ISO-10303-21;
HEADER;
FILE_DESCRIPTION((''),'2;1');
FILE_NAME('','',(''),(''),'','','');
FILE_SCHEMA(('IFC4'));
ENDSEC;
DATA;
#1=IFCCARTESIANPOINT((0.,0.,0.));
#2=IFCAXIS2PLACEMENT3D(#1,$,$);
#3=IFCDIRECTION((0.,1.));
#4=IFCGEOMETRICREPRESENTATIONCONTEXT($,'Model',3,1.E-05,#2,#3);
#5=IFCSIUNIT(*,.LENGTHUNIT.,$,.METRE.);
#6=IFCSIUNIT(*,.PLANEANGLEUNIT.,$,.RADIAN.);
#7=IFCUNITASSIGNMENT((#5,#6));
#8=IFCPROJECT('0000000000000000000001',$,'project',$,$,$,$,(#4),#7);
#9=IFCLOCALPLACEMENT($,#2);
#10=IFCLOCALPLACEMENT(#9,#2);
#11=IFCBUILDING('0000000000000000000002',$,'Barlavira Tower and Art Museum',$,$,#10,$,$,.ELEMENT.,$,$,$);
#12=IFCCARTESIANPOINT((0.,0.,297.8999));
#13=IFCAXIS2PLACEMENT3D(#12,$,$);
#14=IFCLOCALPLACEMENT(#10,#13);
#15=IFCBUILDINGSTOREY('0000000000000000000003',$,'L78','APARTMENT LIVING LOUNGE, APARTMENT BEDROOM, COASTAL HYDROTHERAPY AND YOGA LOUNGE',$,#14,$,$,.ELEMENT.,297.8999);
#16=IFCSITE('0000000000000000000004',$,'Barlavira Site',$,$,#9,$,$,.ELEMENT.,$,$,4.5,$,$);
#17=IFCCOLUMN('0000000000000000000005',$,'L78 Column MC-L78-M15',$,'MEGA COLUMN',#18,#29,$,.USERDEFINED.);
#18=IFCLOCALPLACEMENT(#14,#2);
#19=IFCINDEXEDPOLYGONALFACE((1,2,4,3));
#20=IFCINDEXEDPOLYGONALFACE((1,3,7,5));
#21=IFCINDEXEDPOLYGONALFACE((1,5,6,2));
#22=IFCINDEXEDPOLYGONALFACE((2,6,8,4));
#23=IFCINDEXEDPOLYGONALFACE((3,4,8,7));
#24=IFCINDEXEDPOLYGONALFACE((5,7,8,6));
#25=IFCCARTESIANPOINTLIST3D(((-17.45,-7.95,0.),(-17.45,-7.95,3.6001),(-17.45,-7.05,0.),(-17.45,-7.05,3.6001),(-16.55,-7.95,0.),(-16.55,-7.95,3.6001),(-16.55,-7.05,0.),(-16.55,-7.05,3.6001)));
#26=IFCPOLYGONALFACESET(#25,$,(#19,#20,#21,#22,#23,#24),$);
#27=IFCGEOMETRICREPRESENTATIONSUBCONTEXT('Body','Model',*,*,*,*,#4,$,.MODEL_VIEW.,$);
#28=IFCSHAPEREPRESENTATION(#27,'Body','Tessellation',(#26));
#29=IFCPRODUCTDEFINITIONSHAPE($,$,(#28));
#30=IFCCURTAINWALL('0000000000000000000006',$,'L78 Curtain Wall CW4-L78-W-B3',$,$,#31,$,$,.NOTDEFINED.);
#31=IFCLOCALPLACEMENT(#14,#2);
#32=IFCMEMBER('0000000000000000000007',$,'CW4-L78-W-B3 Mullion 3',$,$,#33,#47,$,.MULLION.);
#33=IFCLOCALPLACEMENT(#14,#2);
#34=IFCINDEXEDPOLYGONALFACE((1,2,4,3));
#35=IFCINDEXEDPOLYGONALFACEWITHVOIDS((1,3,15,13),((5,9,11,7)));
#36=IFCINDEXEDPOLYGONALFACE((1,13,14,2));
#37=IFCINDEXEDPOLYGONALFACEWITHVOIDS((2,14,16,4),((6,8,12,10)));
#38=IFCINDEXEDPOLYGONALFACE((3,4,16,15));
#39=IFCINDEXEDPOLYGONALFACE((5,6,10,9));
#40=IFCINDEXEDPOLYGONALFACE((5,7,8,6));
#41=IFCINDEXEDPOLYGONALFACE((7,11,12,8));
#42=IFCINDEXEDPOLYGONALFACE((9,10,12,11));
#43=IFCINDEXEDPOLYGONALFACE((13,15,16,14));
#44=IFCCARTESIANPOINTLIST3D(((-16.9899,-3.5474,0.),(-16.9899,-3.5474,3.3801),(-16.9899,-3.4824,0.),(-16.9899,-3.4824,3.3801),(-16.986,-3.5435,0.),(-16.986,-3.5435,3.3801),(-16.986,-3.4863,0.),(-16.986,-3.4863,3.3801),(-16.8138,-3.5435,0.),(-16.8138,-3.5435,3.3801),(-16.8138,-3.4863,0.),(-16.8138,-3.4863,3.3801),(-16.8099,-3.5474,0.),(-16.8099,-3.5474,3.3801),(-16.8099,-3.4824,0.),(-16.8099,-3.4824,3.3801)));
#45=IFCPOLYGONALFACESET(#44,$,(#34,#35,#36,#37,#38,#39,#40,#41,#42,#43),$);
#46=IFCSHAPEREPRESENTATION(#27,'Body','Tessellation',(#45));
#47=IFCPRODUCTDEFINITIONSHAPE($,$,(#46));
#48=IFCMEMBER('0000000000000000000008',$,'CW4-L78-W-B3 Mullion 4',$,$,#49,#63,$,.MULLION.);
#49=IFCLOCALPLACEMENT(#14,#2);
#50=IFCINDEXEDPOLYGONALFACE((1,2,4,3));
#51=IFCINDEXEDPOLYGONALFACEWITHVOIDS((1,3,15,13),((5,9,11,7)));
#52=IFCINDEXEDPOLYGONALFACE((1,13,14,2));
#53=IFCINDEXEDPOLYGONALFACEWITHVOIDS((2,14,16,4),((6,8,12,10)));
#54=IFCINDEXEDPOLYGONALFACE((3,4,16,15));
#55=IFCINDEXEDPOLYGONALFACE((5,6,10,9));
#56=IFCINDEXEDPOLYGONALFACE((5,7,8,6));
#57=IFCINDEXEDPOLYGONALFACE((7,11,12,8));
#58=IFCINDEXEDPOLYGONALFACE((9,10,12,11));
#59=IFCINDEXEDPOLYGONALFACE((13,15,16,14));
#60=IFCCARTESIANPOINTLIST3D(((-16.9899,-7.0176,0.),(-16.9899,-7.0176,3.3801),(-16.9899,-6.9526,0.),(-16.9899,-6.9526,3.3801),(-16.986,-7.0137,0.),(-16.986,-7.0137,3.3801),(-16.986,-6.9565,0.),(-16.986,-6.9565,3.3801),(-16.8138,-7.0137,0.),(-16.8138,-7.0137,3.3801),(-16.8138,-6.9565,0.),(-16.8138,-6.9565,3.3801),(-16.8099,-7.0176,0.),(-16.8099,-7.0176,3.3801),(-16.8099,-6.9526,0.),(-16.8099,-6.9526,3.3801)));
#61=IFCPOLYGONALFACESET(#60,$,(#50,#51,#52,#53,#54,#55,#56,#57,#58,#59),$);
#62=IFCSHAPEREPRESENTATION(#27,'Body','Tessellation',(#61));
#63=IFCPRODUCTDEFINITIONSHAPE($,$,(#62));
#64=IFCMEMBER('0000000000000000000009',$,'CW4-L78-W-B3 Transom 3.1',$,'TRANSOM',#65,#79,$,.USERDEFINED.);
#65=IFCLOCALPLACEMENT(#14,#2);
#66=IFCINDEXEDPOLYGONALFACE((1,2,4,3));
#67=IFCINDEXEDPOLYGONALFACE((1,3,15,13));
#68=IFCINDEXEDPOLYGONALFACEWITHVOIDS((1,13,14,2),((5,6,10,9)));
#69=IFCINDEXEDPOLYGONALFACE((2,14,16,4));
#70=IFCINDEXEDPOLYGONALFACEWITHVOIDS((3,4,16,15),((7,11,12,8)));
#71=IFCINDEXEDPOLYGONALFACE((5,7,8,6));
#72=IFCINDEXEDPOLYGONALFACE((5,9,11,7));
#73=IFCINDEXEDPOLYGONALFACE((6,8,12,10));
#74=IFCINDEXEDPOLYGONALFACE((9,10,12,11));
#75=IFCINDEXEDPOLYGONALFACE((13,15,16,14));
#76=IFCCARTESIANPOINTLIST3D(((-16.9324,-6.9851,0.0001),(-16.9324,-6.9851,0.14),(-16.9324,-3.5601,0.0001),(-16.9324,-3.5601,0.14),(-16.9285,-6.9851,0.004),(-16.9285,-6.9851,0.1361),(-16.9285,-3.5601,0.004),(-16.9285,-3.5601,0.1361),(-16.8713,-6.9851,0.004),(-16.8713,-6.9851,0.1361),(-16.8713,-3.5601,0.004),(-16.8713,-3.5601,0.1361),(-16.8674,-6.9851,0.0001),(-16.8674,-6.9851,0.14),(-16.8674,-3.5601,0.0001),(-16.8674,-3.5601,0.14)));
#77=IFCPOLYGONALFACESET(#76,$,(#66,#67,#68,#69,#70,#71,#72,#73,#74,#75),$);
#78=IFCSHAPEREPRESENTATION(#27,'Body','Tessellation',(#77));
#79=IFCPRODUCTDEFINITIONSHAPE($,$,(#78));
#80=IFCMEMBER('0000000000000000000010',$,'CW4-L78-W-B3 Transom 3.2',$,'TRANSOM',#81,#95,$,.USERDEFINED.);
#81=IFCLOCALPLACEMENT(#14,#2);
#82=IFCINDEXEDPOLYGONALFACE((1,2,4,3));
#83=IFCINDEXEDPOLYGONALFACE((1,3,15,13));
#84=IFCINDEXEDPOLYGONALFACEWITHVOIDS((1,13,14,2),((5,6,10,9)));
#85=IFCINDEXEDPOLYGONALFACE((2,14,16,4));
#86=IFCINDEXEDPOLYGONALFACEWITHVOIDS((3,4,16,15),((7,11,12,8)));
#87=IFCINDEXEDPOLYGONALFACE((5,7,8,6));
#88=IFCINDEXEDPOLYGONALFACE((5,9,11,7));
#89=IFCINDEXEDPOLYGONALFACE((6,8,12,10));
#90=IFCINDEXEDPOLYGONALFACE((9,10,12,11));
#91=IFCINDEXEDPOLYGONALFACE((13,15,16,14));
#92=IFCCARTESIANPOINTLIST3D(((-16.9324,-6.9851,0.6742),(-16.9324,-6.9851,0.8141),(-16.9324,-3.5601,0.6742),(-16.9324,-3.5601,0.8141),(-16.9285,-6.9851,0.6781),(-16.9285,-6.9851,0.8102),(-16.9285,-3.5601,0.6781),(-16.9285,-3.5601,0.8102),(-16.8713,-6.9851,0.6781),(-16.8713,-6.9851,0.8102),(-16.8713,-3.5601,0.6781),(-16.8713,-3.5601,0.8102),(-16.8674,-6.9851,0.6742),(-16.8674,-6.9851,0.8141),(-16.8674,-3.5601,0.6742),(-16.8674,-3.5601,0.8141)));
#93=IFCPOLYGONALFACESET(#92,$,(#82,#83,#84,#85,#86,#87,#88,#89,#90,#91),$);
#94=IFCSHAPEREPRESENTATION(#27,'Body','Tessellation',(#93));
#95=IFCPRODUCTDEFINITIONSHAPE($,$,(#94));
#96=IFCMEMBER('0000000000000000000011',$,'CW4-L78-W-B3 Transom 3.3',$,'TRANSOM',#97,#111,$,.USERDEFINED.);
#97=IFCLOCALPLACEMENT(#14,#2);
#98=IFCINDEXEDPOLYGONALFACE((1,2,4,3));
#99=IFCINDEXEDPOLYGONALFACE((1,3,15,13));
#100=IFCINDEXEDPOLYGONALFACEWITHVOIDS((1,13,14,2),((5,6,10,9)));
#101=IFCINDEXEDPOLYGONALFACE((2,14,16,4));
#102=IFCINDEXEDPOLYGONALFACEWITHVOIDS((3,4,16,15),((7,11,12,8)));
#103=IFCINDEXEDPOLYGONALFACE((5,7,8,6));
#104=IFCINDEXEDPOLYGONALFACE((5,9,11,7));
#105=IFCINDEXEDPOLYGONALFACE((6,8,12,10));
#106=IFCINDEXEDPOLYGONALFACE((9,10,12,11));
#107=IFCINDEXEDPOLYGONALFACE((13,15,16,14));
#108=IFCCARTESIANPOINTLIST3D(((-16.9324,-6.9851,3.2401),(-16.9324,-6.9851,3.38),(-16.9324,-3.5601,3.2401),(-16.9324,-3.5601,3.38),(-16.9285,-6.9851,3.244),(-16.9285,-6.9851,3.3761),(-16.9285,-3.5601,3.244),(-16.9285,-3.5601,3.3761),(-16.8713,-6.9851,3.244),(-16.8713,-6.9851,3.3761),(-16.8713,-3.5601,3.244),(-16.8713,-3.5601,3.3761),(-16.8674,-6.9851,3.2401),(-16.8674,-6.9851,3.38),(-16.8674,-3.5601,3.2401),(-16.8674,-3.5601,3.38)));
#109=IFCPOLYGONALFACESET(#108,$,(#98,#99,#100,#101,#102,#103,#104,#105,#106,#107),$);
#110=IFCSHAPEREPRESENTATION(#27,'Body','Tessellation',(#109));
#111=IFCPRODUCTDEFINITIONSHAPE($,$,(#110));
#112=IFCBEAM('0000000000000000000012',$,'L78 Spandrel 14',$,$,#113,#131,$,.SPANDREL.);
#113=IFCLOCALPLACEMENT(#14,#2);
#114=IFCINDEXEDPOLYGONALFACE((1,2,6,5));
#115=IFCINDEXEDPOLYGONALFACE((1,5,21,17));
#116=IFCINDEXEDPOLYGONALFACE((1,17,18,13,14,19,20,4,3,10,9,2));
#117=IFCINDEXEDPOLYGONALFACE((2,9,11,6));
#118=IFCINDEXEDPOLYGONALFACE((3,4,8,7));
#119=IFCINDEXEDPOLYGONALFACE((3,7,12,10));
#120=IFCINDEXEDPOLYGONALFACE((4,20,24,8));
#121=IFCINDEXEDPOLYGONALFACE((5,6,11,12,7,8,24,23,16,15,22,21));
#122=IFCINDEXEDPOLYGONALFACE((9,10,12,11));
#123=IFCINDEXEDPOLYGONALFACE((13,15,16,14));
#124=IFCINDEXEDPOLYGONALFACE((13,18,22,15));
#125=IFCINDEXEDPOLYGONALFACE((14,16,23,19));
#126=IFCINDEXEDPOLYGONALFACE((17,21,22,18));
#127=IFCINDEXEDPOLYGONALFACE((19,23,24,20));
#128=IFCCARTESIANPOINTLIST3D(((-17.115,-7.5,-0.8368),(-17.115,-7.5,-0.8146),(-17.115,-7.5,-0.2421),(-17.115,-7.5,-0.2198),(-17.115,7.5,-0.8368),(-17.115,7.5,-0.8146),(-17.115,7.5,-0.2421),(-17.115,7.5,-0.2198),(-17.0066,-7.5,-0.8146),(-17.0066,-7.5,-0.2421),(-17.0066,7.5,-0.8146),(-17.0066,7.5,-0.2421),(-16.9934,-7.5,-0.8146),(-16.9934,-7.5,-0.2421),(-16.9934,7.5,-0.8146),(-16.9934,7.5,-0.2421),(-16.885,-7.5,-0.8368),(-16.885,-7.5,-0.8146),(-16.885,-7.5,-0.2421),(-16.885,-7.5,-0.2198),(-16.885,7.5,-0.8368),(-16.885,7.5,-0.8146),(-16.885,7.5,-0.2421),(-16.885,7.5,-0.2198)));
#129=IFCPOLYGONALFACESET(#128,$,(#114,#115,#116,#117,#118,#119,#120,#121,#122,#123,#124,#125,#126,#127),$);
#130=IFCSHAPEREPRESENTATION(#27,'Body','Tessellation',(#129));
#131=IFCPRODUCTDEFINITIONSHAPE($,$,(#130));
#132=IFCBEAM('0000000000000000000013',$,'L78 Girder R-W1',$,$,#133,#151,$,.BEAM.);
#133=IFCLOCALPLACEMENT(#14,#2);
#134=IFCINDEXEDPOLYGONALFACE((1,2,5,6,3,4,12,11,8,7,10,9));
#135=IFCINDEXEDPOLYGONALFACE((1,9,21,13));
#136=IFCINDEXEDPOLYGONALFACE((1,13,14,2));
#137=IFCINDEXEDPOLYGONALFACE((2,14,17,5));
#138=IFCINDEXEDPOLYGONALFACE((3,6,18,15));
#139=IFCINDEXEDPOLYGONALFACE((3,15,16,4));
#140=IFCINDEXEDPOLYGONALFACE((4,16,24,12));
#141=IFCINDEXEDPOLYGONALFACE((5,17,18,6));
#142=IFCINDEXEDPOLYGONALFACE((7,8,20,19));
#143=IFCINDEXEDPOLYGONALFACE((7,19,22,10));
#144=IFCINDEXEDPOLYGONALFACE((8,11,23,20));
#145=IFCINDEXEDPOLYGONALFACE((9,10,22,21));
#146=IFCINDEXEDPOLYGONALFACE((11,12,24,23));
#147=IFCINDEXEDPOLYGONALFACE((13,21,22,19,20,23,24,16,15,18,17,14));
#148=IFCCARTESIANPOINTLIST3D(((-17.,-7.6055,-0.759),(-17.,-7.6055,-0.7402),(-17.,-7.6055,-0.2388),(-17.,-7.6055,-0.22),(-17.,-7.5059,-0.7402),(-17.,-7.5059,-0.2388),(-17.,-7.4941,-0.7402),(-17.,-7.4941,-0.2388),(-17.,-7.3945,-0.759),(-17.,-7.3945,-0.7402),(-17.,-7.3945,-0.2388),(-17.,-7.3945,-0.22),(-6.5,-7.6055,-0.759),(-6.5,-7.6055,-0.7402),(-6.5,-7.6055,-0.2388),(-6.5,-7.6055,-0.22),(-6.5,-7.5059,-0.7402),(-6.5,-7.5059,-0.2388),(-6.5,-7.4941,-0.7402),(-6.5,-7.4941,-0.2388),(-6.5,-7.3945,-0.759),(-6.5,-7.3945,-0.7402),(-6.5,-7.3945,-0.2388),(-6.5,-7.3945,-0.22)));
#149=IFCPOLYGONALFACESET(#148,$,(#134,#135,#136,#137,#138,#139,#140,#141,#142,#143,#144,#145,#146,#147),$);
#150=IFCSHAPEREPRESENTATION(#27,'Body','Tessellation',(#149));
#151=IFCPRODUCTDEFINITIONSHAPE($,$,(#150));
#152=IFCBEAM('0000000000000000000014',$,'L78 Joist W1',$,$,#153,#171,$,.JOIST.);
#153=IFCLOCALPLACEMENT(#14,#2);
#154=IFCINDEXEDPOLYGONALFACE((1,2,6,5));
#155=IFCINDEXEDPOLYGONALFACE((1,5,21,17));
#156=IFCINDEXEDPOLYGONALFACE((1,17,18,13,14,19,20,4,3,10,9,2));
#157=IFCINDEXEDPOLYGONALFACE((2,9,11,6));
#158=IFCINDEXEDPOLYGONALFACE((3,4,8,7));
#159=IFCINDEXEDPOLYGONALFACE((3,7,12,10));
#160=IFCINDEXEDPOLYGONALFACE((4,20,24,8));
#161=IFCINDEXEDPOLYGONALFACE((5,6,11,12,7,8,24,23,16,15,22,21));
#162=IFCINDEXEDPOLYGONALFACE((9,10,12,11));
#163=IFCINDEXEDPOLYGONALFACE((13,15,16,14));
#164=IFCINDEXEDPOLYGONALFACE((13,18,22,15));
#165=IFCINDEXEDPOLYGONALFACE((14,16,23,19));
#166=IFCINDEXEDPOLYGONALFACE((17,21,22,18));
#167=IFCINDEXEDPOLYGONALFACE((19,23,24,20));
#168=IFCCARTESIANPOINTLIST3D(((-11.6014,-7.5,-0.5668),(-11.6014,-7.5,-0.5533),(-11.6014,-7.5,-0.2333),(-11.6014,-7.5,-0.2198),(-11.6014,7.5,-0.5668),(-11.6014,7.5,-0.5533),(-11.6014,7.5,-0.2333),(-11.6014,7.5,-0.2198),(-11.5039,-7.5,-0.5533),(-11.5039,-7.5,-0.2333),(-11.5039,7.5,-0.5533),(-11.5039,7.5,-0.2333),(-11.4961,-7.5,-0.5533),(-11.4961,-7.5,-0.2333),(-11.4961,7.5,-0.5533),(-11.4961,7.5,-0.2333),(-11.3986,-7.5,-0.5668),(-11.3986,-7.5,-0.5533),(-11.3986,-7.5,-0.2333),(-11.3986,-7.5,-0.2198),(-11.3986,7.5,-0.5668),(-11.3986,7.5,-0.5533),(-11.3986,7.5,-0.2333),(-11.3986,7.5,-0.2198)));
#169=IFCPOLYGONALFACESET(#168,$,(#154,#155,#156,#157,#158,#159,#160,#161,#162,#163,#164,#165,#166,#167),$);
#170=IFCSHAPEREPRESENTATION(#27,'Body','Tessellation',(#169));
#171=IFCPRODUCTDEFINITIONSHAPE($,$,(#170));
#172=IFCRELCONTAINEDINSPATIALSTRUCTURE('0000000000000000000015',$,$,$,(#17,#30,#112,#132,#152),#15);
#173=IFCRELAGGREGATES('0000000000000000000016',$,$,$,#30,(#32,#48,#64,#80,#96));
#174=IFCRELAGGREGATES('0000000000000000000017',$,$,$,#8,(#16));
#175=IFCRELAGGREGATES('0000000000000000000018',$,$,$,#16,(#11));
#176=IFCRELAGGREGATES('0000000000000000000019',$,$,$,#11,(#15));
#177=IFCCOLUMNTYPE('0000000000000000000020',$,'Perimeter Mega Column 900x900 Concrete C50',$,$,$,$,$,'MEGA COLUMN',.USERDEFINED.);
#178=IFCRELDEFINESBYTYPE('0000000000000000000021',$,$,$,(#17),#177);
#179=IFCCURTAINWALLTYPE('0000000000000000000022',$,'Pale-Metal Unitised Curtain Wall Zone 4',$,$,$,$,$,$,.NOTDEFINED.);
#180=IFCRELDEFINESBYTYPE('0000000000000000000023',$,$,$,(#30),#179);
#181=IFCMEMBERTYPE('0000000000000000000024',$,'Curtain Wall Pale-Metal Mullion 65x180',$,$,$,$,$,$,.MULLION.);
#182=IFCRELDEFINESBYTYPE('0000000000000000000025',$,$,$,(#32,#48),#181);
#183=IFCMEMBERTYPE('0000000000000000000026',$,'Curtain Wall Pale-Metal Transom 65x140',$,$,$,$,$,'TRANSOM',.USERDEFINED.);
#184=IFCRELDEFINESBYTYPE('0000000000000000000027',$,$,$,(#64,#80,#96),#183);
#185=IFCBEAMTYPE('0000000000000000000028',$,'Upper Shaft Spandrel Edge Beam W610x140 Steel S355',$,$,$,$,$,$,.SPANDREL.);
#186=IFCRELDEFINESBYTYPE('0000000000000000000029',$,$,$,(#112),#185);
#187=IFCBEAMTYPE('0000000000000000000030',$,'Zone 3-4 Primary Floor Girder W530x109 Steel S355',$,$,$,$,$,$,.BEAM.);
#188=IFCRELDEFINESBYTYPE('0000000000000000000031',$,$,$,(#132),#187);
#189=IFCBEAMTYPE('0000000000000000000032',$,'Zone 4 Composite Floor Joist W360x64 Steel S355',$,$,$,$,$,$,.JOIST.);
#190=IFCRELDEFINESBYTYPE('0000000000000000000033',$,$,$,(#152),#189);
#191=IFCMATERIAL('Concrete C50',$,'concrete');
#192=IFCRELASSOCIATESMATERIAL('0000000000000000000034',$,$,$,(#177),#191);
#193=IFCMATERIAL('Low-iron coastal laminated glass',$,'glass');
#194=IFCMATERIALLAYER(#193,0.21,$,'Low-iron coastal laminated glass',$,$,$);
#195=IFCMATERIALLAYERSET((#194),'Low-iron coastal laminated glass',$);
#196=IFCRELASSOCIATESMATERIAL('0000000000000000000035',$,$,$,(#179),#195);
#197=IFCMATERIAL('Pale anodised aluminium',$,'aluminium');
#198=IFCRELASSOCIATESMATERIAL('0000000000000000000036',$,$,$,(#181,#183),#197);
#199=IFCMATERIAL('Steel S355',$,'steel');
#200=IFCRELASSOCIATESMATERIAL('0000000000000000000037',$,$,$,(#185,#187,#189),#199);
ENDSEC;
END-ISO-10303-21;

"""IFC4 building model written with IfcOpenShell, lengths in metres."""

from ifc_helpers import new_model, si_unit, direction, frame, origin, origin_2d, place, context, subcontext, project, spatial, rectangle, hollow_rectangle, i_section, extrude, material, layer, layer_set, material_profile, profile_set, type_object, element, aggregate, save


model = new_model("IFC4")

# Units and contexts
model_context = context("Model", 3, precision=1e-05, world=origin(), true_north=direction((0.0, 1.0)))
body_context = subcontext(model_context, "Body", "Model", "MODEL_VIEW")
ifc_project = project(units=[si_unit("LENGTHUNIT", "METRE"), si_unit("PLANEANGLEUNIT", "RADIAN")], contexts=[model_context])

# Site, building, storey
site_placement = place(None, origin())
site = spatial("IfcSite", under=ifc_project, at=site_placement, Name="Barlavira Site", CompositionType="ELEMENT", RefElevation=4.5)
building_placement = place(site_placement, origin())
building = spatial("IfcBuilding", under=site, at=building_placement, Name="Barlavira Tower and Art Museum", CompositionType="ELEMENT")
storey_placement = place(building_placement, frame((0.0, 0.0, 297.8999)))
storey = spatial("IfcBuildingStorey", under=building, at=storey_placement, Name="L78", Description="APARTMENT LIVING LOUNGE, APARTMENT BEDROOM, COASTAL HYDROTHERAPY AND YOGA LOUNGE", CompositionType="ELEMENT", Elevation=297.8999)

# Column
ifc_material_1 = material(Name="Concrete C50", Category="concrete")
ifc_material_profile_1 = material_profile(ifc_material_1, rectangle(XDim=0.8999, YDim=0.8999, at=origin_2d()), Name="RC-COL 900x900")
ifc_profile_set_1 = profile_set([ifc_material_profile_1], Name="Concrete C50")
column_type = type_object("IfcColumnType", Name="Perimeter Mega Column 900x900 Concrete C50", ElementType="MEGA COLUMN", PredefinedType="USERDEFINED", material=ifc_profile_set_1)
column_placement = place(storey_placement, frame((-17.0, -7.5, 0.0), z_axis=(0.0, 0.0, 1.0), x_axis=(1.0, 0.0, 0.0)))
element("IfcColumn", 1, at=column_placement, inside=storey, type_object=column_type, Name="L78 Column MC-L78-M15", ObjectType="MEGA COLUMN", PredefinedType="USERDEFINED", context=body_context, shape_type="SweptSolid", body=[
    extrude(rectangle(XDim=0.8999, YDim=0.8999, at=origin_2d()), origin(), (0.0, 0.0, 1.0), 3.6001),
])

# Curtain wall, members
ifc_material_2 = material(Name="Low-iron coastal laminated glass", Category="glass")
ifc_layer_1 = layer(ifc_material_2, 0.21, Name="Low-iron coastal laminated glass")
ifc_layer_set_1 = layer_set([ifc_layer_1], Name="Low-iron coastal laminated glass")
curtain_wall_type = type_object("IfcCurtainWallType", Name="Pale-Metal Unitised Curtain Wall Zone 4", PredefinedType="NOTDEFINED", material=ifc_layer_set_1)
curtain_wall_placement = place(storey_placement, origin())
curtain_wall = element("IfcCurtainWall", 2, at=curtain_wall_placement, inside=storey, type_object=curtain_wall_type, Name="L78 Curtain Wall CW4-L78-W-B3", PredefinedType="NOTDEFINED")
ifc_material_3 = material(Name="Pale anodised aluminium", Category="aluminium")
ifc_material_profile_2 = material_profile(ifc_material_3, hollow_rectangle(XDim=0.0649, YDim=0.1799, WallThickness=0.0039, at=origin_2d()), Name="ALU-MULL 65x180x4")
ifc_profile_set_2 = profile_set([ifc_material_profile_2], Name="Pale anodised aluminium")
member_type_1 = type_object("IfcMemberType", Name="Curtain Wall Pale-Metal Mullion 65x180", PredefinedType="MULLION", material=ifc_profile_set_2)
member_1_placement = place(storey_placement, frame((-16.8999, -3.5149, 0.0), z_axis=(0.0, 0.0, 1.0), x_axis=(0.0, -1.0, 0.0)))
member_1 = element("IfcMember", 3, at=member_1_placement, type_object=member_type_1, Name="CW4-L78-W-B3 Mullion 3", PredefinedType="MULLION", context=body_context, shape_type="SweptSolid", body=[
    extrude(hollow_rectangle(XDim=0.0649, YDim=0.1799, WallThickness=0.0039, at=origin_2d()), origin(), (0.0, 0.0, 1.0), 3.3801),
])
member_2_placement = place(storey_placement, frame((-16.8999, -6.9851, 0.0), z_axis=(0.0, 0.0, 1.0), x_axis=(0.0, -1.0, 0.0)))
member_2 = element("IfcMember", 4, at=member_2_placement, type_object=member_type_1, Name="CW4-L78-W-B3 Mullion 4", PredefinedType="MULLION", context=body_context, shape_type="SweptSolid", body=[
    extrude(hollow_rectangle(XDim=0.0649, YDim=0.1799, WallThickness=0.0039, at=origin_2d()), origin(), (0.0, 0.0, 1.0), 3.3801),
])
ifc_material_profile_3 = material_profile(ifc_material_3, hollow_rectangle(XDim=0.0649, YDim=0.1399, WallThickness=0.0039, at=origin_2d()), Name="ALU-TRAN 65x140x4")
ifc_profile_set_3 = profile_set([ifc_material_profile_3], Name="Pale anodised aluminium")
member_type_2 = type_object("IfcMemberType", Name="Curtain Wall Pale-Metal Transom 65x140", ElementType="TRANSOM", PredefinedType="USERDEFINED", material=ifc_profile_set_3)
member_3_placement = place(storey_placement, frame((-16.8999, -3.5601, 0.0701), z_axis=(0.0, -1.0, 0.0), x_axis=(1.0, 0.0, 0.0)))
member_3 = element("IfcMember", 5, at=member_3_placement, type_object=member_type_2, Name="CW4-L78-W-B3 Transom 3.1", ObjectType="TRANSOM", PredefinedType="USERDEFINED", context=body_context, shape_type="SweptSolid", body=[
    extrude(hollow_rectangle(XDim=0.0649, YDim=0.1399, WallThickness=0.0039, at=origin_2d()), origin(), (0.0, 0.0, 1.0), 3.425),
])
member_4_placement = place(storey_placement, frame((-16.8999, -3.5601, 0.7441), z_axis=(0.0, -1.0, 0.0), x_axis=(1.0, 0.0, 0.0)))
member_4 = element("IfcMember", 6, at=member_4_placement, type_object=member_type_2, Name="CW4-L78-W-B3 Transom 3.2", ObjectType="TRANSOM", PredefinedType="USERDEFINED", context=body_context, shape_type="SweptSolid", body=[
    extrude(hollow_rectangle(XDim=0.0649, YDim=0.1399, WallThickness=0.0039, at=origin_2d()), origin(), (0.0, 0.0, 1.0), 3.425),
])
member_5_placement = place(storey_placement, frame((-16.8999, -3.5601, 3.3101), z_axis=(0.0, -1.0, 0.0), x_axis=(1.0, 0.0, 0.0)))
member_5 = element("IfcMember", 7, at=member_5_placement, type_object=member_type_2, Name="CW4-L78-W-B3 Transom 3.3", ObjectType="TRANSOM", PredefinedType="USERDEFINED", context=body_context, shape_type="SweptSolid", body=[
    extrude(hollow_rectangle(XDim=0.0649, YDim=0.1399, WallThickness=0.0039, at=origin_2d()), origin(), (0.0, 0.0, 1.0), 3.425),
])

# Beams
ifc_material_4 = material(Name="Steel S355", Category="steel")
ifc_material_profile_4 = material_profile(ifc_material_4, i_section(OverallWidth=0.23, OverallDepth=0.6169, WebThickness=0.0132, FlangeThickness=0.0222, at=origin_2d()), Name="W610x140.0")
ifc_profile_set_4 = profile_set([ifc_material_profile_4], Name="Steel S355")
beam_type_1 = type_object("IfcBeamType", Name="Upper Shaft Spandrel Edge Beam W610x140 Steel S355", PredefinedType="SPANDREL", material=ifc_profile_set_4)
beam_1_placement = place(storey_placement, frame((-17.0, -7.5, -0.5283), z_axis=(0.0, 1.0, 0.0), x_axis=(-1.0, 0.0, 0.0)))
element("IfcBeam", 8, at=beam_1_placement, inside=storey, type_object=beam_type_1, Name="L78 Spandrel 14", PredefinedType="SPANDREL", context=body_context, shape_type="SweptSolid", body=[
    extrude(i_section(OverallWidth=0.23, OverallDepth=0.6169, WebThickness=0.0132, FlangeThickness=0.0222, at=origin_2d()), origin(), (0.0, 0.0, 1.0), 15.0),
])
ifc_material_profile_5 = material_profile(ifc_material_4, i_section(OverallWidth=0.2109, OverallDepth=0.5391, WebThickness=0.0117, FlangeThickness=0.0188, at=origin_2d()), Name="W530x109.0")
ifc_profile_set_5 = profile_set([ifc_material_profile_5], Name="Steel S355")
beam_type_2 = type_object("IfcBeamType", Name="Zone 3-4 Primary Floor Girder W530x109 Steel S355", PredefinedType="BEAM", material=ifc_profile_set_5)
beam_2_placement = place(storey_placement, frame((-17.0, -7.5, -0.4895), z_axis=(1.0, 0.0, 0.0), x_axis=(0.0, 1.0, 0.0)))
element("IfcBeam", 9, at=beam_2_placement, inside=storey, type_object=beam_type_2, Name="L78 Girder R-W1", PredefinedType="BEAM", context=body_context, shape_type="SweptSolid", body=[
    extrude(i_section(OverallWidth=0.2109, OverallDepth=0.5391, WebThickness=0.0117, FlangeThickness=0.0188, at=origin_2d()), origin(), (0.0, 0.0, 1.0), 10.5),
])
ifc_material_profile_6 = material_profile(ifc_material_4, i_section(OverallWidth=0.2029, OverallDepth=0.3469, WebThickness=0.0078, FlangeThickness=0.0134, at=origin_2d()), Name="W360x64.0")
ifc_profile_set_6 = profile_set([ifc_material_profile_6], Name="Steel S355")
beam_type_3 = type_object("IfcBeamType", Name="Zone 4 Composite Floor Joist W360x64 Steel S355", PredefinedType="JOIST", material=ifc_profile_set_6)
beam_3_placement = place(storey_placement, frame((-11.5, -7.5, -0.3933), z_axis=(0.0, 1.0, 0.0), x_axis=(-1.0, 0.0, 0.0)))
element("IfcBeam", 10, at=beam_3_placement, inside=storey, type_object=beam_type_3, Name="L78 Joist W1", PredefinedType="JOIST", context=body_context, shape_type="SweptSolid", body=[
    extrude(i_section(OverallWidth=0.2029, OverallDepth=0.3469, WebThickness=0.0078, FlangeThickness=0.0134, at=origin_2d()), origin(), (0.0, 0.0, 1.0), 15.0),
])

aggregate(curtain_wall, [member_1, member_2, member_3, member_4, member_5])

save(model, "model.ifc")
